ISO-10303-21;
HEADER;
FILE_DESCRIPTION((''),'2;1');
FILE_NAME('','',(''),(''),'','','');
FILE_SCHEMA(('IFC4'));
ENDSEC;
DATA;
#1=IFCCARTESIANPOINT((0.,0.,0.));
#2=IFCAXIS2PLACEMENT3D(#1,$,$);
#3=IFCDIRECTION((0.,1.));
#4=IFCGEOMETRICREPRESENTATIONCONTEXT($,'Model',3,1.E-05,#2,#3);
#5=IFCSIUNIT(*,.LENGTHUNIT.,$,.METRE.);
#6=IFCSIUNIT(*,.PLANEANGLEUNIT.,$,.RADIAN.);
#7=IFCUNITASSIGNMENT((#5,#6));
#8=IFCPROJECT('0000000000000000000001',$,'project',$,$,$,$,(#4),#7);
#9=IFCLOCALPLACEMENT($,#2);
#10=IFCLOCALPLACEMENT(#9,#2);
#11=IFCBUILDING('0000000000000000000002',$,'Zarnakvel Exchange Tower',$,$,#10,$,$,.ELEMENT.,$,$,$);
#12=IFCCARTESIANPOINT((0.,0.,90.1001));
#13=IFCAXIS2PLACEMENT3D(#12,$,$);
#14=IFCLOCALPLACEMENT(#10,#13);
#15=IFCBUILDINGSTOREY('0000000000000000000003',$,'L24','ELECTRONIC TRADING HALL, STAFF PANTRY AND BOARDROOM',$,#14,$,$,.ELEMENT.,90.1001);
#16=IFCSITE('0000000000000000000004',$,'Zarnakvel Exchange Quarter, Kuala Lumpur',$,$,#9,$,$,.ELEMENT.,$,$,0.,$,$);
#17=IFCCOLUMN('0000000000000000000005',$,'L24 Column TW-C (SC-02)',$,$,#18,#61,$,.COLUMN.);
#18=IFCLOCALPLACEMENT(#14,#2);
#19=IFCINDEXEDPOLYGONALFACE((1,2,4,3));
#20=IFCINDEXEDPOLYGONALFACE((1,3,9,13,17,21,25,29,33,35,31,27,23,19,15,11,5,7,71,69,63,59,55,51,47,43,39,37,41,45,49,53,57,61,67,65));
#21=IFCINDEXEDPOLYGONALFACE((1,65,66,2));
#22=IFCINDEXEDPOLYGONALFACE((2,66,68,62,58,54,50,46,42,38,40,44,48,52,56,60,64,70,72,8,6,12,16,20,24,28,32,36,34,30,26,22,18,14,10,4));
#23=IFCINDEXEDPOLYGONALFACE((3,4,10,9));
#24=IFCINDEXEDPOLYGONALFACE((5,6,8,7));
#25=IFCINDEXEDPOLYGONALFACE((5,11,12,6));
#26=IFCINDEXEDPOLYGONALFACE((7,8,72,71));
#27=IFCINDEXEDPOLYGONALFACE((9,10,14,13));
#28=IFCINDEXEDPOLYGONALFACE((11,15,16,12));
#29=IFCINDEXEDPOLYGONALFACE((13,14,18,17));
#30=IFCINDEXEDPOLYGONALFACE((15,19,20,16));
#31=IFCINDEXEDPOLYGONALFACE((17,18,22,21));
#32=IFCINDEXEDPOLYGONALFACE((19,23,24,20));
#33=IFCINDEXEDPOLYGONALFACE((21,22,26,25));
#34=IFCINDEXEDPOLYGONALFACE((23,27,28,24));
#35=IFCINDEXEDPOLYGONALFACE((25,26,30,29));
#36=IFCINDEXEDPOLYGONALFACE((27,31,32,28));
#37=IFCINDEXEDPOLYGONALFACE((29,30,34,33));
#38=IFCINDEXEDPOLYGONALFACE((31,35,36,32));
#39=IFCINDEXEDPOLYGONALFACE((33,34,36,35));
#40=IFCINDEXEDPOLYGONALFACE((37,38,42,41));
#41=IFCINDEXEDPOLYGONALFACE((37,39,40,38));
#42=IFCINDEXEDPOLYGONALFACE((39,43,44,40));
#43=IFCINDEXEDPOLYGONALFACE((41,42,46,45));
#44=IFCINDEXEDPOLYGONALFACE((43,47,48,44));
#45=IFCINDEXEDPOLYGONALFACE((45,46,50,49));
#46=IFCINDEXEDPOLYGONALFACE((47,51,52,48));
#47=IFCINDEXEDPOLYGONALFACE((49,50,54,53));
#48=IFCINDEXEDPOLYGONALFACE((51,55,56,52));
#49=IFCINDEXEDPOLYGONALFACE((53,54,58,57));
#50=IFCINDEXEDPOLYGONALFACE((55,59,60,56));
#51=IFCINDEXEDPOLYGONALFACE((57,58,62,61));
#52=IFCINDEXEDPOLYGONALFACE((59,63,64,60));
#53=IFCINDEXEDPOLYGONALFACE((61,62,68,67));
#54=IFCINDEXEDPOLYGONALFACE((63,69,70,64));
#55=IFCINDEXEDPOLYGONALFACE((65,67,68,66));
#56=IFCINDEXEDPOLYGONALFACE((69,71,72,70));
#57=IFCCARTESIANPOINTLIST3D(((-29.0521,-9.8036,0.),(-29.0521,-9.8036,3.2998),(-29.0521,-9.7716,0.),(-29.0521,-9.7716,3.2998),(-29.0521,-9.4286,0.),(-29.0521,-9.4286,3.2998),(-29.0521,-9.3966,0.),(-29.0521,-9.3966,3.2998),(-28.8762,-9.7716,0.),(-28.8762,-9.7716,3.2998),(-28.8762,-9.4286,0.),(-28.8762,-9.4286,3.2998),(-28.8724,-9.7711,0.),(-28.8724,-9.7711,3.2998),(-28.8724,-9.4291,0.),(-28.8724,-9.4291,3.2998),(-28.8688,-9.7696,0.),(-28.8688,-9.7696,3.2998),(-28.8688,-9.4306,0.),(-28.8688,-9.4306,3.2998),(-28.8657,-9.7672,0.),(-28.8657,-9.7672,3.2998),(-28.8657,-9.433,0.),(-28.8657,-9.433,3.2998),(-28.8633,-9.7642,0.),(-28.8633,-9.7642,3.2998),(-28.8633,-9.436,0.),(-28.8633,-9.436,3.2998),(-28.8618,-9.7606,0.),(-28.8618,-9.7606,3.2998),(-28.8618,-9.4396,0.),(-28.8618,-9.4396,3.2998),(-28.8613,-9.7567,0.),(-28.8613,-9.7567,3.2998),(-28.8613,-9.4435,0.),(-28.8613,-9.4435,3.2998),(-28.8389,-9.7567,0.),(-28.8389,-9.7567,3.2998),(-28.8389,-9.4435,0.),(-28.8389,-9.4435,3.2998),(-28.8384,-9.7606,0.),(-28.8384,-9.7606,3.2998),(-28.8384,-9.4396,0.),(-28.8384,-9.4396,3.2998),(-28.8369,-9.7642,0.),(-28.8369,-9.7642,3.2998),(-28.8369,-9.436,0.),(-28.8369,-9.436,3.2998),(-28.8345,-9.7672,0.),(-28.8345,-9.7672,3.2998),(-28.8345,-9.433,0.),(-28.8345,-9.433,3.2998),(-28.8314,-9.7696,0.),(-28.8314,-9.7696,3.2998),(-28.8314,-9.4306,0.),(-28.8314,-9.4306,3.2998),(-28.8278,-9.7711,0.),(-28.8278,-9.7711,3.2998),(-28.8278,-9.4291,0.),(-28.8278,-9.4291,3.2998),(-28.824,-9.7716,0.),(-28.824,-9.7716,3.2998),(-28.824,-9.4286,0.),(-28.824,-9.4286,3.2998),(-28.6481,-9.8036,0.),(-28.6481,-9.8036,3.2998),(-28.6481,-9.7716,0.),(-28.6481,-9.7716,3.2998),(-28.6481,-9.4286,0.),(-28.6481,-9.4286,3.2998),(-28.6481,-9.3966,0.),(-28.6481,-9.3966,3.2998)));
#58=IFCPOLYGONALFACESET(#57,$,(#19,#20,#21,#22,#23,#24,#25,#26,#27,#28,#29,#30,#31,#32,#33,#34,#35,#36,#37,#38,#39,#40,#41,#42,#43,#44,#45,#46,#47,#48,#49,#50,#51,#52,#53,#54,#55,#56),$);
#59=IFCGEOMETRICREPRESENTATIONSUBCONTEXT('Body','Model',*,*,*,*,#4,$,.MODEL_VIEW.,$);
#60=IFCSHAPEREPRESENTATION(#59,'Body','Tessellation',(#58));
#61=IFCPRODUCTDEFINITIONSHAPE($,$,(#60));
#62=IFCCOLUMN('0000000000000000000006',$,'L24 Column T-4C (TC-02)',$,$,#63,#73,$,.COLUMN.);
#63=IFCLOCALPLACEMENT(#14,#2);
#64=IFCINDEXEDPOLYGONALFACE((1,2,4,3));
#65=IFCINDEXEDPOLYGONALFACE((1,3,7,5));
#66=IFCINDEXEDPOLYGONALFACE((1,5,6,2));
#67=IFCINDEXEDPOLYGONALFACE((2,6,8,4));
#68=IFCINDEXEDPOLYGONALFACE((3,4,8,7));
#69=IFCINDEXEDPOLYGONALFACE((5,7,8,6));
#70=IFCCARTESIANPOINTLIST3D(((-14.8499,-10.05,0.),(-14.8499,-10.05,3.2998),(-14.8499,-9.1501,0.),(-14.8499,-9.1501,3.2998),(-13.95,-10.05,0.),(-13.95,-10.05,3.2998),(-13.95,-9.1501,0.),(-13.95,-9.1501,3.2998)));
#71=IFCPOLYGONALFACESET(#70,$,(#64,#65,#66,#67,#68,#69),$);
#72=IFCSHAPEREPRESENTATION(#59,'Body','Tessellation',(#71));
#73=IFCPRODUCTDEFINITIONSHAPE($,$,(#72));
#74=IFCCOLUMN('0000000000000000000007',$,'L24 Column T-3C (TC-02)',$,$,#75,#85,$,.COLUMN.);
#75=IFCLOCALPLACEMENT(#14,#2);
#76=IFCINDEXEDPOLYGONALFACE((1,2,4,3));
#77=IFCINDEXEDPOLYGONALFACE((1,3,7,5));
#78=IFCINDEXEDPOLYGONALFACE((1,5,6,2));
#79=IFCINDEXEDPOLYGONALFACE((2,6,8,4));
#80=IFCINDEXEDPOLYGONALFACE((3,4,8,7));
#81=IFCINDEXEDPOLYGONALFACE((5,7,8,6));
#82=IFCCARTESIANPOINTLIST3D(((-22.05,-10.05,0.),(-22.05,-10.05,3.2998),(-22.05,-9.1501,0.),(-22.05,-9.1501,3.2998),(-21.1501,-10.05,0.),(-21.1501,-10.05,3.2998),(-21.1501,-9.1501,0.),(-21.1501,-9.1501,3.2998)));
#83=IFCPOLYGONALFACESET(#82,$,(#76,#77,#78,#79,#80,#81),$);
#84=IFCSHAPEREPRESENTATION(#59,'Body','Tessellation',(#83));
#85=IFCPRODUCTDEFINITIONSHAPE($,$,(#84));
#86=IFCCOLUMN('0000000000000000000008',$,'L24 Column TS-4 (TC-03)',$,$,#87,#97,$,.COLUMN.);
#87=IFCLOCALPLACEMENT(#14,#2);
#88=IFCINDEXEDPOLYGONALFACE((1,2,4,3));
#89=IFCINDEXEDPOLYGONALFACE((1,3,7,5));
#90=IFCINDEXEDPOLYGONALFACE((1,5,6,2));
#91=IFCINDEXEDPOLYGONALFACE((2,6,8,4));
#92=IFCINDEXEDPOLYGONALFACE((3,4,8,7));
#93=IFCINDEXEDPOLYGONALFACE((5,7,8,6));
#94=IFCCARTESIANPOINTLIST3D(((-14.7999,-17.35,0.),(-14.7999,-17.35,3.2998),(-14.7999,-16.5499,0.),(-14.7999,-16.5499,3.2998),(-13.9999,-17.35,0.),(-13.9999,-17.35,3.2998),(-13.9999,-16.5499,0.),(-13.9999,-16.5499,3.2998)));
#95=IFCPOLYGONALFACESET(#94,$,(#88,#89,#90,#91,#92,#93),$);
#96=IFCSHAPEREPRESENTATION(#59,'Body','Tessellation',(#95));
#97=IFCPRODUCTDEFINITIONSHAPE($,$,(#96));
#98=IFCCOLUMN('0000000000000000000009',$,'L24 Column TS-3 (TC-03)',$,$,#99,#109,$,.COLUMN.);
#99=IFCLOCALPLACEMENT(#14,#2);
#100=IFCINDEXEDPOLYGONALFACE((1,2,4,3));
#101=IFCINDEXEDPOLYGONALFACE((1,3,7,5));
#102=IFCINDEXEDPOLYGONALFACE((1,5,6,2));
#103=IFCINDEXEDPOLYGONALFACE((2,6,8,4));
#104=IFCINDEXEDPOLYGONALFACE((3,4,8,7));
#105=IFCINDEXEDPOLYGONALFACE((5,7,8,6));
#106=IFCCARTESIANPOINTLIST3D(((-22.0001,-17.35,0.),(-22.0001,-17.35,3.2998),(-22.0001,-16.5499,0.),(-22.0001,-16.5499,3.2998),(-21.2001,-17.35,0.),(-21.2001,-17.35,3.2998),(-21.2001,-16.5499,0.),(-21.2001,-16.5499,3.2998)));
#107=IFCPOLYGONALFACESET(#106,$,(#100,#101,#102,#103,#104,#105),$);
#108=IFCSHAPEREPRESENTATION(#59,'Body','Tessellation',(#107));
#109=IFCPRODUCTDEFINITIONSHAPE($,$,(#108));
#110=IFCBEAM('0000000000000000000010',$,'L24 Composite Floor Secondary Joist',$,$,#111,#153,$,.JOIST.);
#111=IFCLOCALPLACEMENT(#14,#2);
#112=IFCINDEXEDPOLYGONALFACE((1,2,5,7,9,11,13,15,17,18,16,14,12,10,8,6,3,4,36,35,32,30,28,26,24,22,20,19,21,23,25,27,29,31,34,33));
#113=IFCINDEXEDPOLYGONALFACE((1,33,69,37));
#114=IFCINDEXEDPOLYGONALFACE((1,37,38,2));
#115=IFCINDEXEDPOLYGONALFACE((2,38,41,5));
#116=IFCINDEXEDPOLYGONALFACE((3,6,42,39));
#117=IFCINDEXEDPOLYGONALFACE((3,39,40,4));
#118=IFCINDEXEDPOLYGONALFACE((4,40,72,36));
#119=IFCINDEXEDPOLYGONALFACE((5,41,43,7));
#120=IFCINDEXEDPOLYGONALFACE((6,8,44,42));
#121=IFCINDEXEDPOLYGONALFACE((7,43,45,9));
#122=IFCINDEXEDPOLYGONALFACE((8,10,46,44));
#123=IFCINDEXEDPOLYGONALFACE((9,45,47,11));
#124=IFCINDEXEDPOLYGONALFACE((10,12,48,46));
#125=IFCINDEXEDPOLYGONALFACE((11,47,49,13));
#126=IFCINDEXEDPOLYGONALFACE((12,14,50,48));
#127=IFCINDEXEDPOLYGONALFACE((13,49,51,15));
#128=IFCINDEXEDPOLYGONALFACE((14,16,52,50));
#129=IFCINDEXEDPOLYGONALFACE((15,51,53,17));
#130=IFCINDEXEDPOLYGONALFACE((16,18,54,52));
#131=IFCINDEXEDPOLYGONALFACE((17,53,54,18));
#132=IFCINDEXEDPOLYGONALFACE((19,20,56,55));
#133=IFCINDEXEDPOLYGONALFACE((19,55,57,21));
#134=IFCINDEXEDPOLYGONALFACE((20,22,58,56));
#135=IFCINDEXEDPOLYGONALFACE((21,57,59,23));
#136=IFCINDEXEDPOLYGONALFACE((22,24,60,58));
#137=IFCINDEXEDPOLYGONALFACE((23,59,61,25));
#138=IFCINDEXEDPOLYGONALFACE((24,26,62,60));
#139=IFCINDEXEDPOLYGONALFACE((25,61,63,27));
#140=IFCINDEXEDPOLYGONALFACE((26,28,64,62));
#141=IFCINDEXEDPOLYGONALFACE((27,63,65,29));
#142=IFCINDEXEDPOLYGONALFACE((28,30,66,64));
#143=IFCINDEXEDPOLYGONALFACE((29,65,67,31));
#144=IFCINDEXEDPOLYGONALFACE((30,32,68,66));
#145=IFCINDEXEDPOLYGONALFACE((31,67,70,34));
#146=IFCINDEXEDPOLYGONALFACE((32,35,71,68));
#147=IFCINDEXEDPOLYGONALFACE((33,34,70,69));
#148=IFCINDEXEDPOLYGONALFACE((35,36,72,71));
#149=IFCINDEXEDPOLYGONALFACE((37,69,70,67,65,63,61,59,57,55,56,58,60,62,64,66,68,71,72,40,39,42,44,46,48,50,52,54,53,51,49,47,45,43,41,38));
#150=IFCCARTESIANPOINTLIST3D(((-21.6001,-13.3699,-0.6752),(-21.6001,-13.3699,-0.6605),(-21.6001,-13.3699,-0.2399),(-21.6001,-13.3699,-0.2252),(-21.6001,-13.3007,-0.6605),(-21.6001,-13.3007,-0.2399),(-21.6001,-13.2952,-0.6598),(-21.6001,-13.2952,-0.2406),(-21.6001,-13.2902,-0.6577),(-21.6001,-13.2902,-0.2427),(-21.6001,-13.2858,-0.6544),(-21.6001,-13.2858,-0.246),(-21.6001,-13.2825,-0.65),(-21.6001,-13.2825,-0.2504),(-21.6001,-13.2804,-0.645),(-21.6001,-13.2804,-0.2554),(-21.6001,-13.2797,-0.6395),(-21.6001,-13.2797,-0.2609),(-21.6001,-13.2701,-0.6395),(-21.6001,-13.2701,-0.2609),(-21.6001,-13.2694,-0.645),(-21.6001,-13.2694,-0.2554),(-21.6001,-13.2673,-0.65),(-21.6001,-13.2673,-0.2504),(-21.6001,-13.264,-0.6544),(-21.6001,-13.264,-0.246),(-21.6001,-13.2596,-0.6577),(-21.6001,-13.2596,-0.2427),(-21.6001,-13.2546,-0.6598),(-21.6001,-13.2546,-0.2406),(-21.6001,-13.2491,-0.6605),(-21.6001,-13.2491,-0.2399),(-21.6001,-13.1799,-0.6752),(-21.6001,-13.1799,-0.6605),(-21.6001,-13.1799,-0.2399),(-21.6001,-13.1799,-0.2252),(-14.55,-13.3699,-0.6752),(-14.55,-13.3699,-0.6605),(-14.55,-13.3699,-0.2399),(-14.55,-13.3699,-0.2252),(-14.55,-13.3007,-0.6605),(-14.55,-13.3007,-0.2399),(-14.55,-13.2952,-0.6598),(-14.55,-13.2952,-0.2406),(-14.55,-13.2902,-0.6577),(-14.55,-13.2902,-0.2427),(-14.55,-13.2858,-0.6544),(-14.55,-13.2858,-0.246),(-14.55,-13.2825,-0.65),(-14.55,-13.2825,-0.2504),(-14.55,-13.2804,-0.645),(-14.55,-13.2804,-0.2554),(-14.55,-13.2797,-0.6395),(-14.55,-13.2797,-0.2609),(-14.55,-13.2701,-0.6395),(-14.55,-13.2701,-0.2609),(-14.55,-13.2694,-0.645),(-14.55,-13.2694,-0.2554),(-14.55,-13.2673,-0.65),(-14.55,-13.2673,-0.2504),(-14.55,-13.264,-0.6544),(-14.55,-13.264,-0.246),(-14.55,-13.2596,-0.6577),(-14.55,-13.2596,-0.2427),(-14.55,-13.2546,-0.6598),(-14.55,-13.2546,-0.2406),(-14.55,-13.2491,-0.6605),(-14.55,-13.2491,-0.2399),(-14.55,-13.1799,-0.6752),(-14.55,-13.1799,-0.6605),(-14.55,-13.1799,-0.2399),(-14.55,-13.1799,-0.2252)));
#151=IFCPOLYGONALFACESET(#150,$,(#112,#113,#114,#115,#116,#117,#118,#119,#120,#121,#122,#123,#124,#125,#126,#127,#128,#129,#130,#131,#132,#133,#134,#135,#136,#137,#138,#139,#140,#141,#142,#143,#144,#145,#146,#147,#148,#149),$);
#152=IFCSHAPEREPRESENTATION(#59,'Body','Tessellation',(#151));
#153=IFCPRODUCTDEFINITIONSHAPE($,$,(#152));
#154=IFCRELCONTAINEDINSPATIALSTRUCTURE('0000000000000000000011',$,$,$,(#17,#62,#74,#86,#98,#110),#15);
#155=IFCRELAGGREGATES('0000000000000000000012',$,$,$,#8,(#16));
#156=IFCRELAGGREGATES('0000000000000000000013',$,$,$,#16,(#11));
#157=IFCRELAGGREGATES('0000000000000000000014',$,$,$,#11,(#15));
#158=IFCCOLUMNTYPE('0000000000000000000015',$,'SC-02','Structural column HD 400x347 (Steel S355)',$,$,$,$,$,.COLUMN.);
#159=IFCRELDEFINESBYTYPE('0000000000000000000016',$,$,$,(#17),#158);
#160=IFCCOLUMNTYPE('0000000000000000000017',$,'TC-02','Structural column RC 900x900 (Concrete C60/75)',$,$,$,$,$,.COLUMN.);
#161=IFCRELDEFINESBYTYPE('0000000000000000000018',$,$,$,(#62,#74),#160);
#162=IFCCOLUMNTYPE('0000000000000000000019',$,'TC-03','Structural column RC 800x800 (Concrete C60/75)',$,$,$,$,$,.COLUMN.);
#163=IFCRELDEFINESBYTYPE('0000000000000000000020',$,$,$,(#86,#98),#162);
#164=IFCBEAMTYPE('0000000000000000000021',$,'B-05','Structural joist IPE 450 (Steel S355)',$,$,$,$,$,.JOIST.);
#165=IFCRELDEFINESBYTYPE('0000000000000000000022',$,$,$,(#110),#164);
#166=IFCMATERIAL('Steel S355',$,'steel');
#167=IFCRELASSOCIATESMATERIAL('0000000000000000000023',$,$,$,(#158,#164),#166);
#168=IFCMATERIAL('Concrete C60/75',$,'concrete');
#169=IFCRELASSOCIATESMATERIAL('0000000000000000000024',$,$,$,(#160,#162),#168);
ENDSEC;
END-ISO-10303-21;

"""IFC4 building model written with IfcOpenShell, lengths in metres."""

from ifc_helpers import new_model, si_unit, direction, frame, origin, origin_2d, place, context, subcontext, project, spatial, rectangle, i_section, extrude, material, material_profile, profile_set, type_object, element, save


model = new_model("IFC4")

# Units and contexts
model_context = context("Model", 3, precision=1e-05, world=origin(), true_north=direction((0.0, 1.0)))
body_context = subcontext(model_context, "Body", "Model", "MODEL_VIEW")
ifc_project = project(units=[si_unit("LENGTHUNIT", "METRE"), si_unit("PLANEANGLEUNIT", "RADIAN")], contexts=[model_context])

# Site, building, storey
site_placement = place(None, origin())
site = spatial("IfcSite", under=ifc_project, at=site_placement, Name="Zarnakvel Exchange Quarter, Kuala Lumpur", CompositionType="ELEMENT", RefElevation=0.0)
building_placement = place(site_placement, origin())
building = spatial("IfcBuilding", under=site, at=building_placement, Name="Zarnakvel Exchange Tower", CompositionType="ELEMENT")
storey_placement = place(building_placement, frame((0.0, 0.0, 90.1001)))
storey = spatial("IfcBuildingStorey", under=building, at=storey_placement, Name="L24", Description="ELECTRONIC TRADING HALL, STAFF PANTRY AND BOARDROOM", CompositionType="ELEMENT", Elevation=90.1001)

# Columns
ifc_material_1 = material(Name="Steel S355", Category="steel")
ifc_material_profile_1 = material_profile(ifc_material_1, i_section(OverallWidth=0.4041, OverallDepth=0.407, WebThickness=0.0225, FlangeThickness=0.032, FilletRadius=0.0149, at=origin_2d()))
ifc_profile_set_1 = profile_set([ifc_material_profile_1], Name="Steel S355")
column_type_1 = type_object("IfcColumnType", Name="SC-02", Description="Structural column HD 400x347 (Steel S355)", PredefinedType="COLUMN", material=ifc_profile_set_1)
column_placement = place(storey_placement, frame((-28.8501, -9.6001, 0.0), z_axis=(0.0, 0.0, 1.0), x_axis=(1.0, 0.0, 0.0)))
element("IfcColumn", 1, at=column_placement, inside=storey, type_object=column_type_1, Name="L24 Column TW-C (SC-02)", PredefinedType="COLUMN", context=body_context, shape_type="SweptSolid", body=[
    extrude(i_section(OverallWidth=0.4041, OverallDepth=0.407, WebThickness=0.0225, FlangeThickness=0.032, FilletRadius=0.0149, at=origin_2d()), origin(), (0.0, 0.0, 1.0), 3.2998),
])
ifc_material_2 = material(Name="Concrete C60/75", Category="concrete")
ifc_material_profile_2 = material_profile(ifc_material_2, rectangle(XDim=0.8999, YDim=0.8999, at=origin_2d()))
ifc_profile_set_2 = profile_set([ifc_material_profile_2], Name="Concrete C60/75")
column_type_2 = type_object("IfcColumnType", Name="TC-02", Description="Structural column RC 900x900 (Concrete C60/75)", PredefinedType="COLUMN", material=ifc_profile_set_2)
for number, where, z_axis, x_axis, name in (
    (2, (-14.3999, -9.6001, 0.0), (0.0, 0.0, 1.0), (1.0, 0.0, 0.0), "L24 Column T-4C (TC-02)"),
    (3, (-21.6001, -9.6001, 0.0), (0.0, 0.0, 1.0), (1.0, 0.0, 0.0), "L24 Column T-3C (TC-02)"),
):
    element("IfcColumn", number, at=place(storey_placement, frame(where, z_axis=z_axis, x_axis=x_axis)), inside=storey, type_object=column_type_2, Name=name, PredefinedType="COLUMN", context=body_context, shape_type="SweptSolid", body=[
        extrude(rectangle(XDim=0.8999, YDim=0.8999, at=origin_2d()), origin(), (0.0, 0.0, 1.0), 3.2998),
    ])
ifc_material_profile_3 = material_profile(ifc_material_2, rectangle(XDim=0.8, YDim=0.8, at=origin_2d()))
ifc_profile_set_3 = profile_set([ifc_material_profile_3], Name="Concrete C60/75")
column_type_3 = type_object("IfcColumnType", Name="TC-03", Description="Structural column RC 800x800 (Concrete C60/75)", PredefinedType="COLUMN", material=ifc_profile_set_3)
for number, where, z_axis, x_axis, name in (
    (4, (-14.3999, -16.95, 0.0), (0.0, 0.0, 1.0), (1.0, 0.0, 0.0), "L24 Column TS-4 (TC-03)"),
    (5, (-21.6001, -16.95, 0.0), (0.0, 0.0, 1.0), (1.0, 0.0, 0.0), "L24 Column TS-3 (TC-03)"),
):
    element("IfcColumn", number, at=place(storey_placement, frame(where, z_axis=z_axis, x_axis=x_axis)), inside=storey, type_object=column_type_3, Name=name, PredefinedType="COLUMN", context=body_context, shape_type="SweptSolid", body=[
        extrude(rectangle(XDim=0.8, YDim=0.8, at=origin_2d()), origin(), (0.0, 0.0, 1.0), 3.2998),
    ])

# Beam
ifc_material_profile_4 = material_profile(ifc_material_1, i_section(OverallWidth=0.1899, OverallDepth=0.45, WebThickness=0.0095, FlangeThickness=0.0146, FilletRadius=0.021, at=origin_2d()))
ifc_profile_set_4 = profile_set([ifc_material_profile_4], Name="Steel S355")
beam_type_1 = type_object("IfcBeamType", Name="B-05", Description="Structural joist IPE 450 (Steel S355)", PredefinedType="JOIST", material=ifc_profile_set_4)
beam_1_placement = place(storey_placement, frame((-21.6001, -13.2749, -0.4502), z_axis=(1.0, 0.0, 0.0), x_axis=(0.0, 1.0, 0.0)))
element("IfcBeam", 6, at=beam_1_placement, inside=storey, type_object=beam_type_1, Name="L24 Composite Floor Secondary Joist", PredefinedType="JOIST", context=body_context, shape_type="SweptSolid", body=[
    extrude(i_section(OverallWidth=0.1899, OverallDepth=0.45, WebThickness=0.0095, FlangeThickness=0.0146, FilletRadius=0.021, at=origin_2d()), origin(), (0.0, 0.0, 1.0), 7.05),
])

save(model, "model.ifc")
